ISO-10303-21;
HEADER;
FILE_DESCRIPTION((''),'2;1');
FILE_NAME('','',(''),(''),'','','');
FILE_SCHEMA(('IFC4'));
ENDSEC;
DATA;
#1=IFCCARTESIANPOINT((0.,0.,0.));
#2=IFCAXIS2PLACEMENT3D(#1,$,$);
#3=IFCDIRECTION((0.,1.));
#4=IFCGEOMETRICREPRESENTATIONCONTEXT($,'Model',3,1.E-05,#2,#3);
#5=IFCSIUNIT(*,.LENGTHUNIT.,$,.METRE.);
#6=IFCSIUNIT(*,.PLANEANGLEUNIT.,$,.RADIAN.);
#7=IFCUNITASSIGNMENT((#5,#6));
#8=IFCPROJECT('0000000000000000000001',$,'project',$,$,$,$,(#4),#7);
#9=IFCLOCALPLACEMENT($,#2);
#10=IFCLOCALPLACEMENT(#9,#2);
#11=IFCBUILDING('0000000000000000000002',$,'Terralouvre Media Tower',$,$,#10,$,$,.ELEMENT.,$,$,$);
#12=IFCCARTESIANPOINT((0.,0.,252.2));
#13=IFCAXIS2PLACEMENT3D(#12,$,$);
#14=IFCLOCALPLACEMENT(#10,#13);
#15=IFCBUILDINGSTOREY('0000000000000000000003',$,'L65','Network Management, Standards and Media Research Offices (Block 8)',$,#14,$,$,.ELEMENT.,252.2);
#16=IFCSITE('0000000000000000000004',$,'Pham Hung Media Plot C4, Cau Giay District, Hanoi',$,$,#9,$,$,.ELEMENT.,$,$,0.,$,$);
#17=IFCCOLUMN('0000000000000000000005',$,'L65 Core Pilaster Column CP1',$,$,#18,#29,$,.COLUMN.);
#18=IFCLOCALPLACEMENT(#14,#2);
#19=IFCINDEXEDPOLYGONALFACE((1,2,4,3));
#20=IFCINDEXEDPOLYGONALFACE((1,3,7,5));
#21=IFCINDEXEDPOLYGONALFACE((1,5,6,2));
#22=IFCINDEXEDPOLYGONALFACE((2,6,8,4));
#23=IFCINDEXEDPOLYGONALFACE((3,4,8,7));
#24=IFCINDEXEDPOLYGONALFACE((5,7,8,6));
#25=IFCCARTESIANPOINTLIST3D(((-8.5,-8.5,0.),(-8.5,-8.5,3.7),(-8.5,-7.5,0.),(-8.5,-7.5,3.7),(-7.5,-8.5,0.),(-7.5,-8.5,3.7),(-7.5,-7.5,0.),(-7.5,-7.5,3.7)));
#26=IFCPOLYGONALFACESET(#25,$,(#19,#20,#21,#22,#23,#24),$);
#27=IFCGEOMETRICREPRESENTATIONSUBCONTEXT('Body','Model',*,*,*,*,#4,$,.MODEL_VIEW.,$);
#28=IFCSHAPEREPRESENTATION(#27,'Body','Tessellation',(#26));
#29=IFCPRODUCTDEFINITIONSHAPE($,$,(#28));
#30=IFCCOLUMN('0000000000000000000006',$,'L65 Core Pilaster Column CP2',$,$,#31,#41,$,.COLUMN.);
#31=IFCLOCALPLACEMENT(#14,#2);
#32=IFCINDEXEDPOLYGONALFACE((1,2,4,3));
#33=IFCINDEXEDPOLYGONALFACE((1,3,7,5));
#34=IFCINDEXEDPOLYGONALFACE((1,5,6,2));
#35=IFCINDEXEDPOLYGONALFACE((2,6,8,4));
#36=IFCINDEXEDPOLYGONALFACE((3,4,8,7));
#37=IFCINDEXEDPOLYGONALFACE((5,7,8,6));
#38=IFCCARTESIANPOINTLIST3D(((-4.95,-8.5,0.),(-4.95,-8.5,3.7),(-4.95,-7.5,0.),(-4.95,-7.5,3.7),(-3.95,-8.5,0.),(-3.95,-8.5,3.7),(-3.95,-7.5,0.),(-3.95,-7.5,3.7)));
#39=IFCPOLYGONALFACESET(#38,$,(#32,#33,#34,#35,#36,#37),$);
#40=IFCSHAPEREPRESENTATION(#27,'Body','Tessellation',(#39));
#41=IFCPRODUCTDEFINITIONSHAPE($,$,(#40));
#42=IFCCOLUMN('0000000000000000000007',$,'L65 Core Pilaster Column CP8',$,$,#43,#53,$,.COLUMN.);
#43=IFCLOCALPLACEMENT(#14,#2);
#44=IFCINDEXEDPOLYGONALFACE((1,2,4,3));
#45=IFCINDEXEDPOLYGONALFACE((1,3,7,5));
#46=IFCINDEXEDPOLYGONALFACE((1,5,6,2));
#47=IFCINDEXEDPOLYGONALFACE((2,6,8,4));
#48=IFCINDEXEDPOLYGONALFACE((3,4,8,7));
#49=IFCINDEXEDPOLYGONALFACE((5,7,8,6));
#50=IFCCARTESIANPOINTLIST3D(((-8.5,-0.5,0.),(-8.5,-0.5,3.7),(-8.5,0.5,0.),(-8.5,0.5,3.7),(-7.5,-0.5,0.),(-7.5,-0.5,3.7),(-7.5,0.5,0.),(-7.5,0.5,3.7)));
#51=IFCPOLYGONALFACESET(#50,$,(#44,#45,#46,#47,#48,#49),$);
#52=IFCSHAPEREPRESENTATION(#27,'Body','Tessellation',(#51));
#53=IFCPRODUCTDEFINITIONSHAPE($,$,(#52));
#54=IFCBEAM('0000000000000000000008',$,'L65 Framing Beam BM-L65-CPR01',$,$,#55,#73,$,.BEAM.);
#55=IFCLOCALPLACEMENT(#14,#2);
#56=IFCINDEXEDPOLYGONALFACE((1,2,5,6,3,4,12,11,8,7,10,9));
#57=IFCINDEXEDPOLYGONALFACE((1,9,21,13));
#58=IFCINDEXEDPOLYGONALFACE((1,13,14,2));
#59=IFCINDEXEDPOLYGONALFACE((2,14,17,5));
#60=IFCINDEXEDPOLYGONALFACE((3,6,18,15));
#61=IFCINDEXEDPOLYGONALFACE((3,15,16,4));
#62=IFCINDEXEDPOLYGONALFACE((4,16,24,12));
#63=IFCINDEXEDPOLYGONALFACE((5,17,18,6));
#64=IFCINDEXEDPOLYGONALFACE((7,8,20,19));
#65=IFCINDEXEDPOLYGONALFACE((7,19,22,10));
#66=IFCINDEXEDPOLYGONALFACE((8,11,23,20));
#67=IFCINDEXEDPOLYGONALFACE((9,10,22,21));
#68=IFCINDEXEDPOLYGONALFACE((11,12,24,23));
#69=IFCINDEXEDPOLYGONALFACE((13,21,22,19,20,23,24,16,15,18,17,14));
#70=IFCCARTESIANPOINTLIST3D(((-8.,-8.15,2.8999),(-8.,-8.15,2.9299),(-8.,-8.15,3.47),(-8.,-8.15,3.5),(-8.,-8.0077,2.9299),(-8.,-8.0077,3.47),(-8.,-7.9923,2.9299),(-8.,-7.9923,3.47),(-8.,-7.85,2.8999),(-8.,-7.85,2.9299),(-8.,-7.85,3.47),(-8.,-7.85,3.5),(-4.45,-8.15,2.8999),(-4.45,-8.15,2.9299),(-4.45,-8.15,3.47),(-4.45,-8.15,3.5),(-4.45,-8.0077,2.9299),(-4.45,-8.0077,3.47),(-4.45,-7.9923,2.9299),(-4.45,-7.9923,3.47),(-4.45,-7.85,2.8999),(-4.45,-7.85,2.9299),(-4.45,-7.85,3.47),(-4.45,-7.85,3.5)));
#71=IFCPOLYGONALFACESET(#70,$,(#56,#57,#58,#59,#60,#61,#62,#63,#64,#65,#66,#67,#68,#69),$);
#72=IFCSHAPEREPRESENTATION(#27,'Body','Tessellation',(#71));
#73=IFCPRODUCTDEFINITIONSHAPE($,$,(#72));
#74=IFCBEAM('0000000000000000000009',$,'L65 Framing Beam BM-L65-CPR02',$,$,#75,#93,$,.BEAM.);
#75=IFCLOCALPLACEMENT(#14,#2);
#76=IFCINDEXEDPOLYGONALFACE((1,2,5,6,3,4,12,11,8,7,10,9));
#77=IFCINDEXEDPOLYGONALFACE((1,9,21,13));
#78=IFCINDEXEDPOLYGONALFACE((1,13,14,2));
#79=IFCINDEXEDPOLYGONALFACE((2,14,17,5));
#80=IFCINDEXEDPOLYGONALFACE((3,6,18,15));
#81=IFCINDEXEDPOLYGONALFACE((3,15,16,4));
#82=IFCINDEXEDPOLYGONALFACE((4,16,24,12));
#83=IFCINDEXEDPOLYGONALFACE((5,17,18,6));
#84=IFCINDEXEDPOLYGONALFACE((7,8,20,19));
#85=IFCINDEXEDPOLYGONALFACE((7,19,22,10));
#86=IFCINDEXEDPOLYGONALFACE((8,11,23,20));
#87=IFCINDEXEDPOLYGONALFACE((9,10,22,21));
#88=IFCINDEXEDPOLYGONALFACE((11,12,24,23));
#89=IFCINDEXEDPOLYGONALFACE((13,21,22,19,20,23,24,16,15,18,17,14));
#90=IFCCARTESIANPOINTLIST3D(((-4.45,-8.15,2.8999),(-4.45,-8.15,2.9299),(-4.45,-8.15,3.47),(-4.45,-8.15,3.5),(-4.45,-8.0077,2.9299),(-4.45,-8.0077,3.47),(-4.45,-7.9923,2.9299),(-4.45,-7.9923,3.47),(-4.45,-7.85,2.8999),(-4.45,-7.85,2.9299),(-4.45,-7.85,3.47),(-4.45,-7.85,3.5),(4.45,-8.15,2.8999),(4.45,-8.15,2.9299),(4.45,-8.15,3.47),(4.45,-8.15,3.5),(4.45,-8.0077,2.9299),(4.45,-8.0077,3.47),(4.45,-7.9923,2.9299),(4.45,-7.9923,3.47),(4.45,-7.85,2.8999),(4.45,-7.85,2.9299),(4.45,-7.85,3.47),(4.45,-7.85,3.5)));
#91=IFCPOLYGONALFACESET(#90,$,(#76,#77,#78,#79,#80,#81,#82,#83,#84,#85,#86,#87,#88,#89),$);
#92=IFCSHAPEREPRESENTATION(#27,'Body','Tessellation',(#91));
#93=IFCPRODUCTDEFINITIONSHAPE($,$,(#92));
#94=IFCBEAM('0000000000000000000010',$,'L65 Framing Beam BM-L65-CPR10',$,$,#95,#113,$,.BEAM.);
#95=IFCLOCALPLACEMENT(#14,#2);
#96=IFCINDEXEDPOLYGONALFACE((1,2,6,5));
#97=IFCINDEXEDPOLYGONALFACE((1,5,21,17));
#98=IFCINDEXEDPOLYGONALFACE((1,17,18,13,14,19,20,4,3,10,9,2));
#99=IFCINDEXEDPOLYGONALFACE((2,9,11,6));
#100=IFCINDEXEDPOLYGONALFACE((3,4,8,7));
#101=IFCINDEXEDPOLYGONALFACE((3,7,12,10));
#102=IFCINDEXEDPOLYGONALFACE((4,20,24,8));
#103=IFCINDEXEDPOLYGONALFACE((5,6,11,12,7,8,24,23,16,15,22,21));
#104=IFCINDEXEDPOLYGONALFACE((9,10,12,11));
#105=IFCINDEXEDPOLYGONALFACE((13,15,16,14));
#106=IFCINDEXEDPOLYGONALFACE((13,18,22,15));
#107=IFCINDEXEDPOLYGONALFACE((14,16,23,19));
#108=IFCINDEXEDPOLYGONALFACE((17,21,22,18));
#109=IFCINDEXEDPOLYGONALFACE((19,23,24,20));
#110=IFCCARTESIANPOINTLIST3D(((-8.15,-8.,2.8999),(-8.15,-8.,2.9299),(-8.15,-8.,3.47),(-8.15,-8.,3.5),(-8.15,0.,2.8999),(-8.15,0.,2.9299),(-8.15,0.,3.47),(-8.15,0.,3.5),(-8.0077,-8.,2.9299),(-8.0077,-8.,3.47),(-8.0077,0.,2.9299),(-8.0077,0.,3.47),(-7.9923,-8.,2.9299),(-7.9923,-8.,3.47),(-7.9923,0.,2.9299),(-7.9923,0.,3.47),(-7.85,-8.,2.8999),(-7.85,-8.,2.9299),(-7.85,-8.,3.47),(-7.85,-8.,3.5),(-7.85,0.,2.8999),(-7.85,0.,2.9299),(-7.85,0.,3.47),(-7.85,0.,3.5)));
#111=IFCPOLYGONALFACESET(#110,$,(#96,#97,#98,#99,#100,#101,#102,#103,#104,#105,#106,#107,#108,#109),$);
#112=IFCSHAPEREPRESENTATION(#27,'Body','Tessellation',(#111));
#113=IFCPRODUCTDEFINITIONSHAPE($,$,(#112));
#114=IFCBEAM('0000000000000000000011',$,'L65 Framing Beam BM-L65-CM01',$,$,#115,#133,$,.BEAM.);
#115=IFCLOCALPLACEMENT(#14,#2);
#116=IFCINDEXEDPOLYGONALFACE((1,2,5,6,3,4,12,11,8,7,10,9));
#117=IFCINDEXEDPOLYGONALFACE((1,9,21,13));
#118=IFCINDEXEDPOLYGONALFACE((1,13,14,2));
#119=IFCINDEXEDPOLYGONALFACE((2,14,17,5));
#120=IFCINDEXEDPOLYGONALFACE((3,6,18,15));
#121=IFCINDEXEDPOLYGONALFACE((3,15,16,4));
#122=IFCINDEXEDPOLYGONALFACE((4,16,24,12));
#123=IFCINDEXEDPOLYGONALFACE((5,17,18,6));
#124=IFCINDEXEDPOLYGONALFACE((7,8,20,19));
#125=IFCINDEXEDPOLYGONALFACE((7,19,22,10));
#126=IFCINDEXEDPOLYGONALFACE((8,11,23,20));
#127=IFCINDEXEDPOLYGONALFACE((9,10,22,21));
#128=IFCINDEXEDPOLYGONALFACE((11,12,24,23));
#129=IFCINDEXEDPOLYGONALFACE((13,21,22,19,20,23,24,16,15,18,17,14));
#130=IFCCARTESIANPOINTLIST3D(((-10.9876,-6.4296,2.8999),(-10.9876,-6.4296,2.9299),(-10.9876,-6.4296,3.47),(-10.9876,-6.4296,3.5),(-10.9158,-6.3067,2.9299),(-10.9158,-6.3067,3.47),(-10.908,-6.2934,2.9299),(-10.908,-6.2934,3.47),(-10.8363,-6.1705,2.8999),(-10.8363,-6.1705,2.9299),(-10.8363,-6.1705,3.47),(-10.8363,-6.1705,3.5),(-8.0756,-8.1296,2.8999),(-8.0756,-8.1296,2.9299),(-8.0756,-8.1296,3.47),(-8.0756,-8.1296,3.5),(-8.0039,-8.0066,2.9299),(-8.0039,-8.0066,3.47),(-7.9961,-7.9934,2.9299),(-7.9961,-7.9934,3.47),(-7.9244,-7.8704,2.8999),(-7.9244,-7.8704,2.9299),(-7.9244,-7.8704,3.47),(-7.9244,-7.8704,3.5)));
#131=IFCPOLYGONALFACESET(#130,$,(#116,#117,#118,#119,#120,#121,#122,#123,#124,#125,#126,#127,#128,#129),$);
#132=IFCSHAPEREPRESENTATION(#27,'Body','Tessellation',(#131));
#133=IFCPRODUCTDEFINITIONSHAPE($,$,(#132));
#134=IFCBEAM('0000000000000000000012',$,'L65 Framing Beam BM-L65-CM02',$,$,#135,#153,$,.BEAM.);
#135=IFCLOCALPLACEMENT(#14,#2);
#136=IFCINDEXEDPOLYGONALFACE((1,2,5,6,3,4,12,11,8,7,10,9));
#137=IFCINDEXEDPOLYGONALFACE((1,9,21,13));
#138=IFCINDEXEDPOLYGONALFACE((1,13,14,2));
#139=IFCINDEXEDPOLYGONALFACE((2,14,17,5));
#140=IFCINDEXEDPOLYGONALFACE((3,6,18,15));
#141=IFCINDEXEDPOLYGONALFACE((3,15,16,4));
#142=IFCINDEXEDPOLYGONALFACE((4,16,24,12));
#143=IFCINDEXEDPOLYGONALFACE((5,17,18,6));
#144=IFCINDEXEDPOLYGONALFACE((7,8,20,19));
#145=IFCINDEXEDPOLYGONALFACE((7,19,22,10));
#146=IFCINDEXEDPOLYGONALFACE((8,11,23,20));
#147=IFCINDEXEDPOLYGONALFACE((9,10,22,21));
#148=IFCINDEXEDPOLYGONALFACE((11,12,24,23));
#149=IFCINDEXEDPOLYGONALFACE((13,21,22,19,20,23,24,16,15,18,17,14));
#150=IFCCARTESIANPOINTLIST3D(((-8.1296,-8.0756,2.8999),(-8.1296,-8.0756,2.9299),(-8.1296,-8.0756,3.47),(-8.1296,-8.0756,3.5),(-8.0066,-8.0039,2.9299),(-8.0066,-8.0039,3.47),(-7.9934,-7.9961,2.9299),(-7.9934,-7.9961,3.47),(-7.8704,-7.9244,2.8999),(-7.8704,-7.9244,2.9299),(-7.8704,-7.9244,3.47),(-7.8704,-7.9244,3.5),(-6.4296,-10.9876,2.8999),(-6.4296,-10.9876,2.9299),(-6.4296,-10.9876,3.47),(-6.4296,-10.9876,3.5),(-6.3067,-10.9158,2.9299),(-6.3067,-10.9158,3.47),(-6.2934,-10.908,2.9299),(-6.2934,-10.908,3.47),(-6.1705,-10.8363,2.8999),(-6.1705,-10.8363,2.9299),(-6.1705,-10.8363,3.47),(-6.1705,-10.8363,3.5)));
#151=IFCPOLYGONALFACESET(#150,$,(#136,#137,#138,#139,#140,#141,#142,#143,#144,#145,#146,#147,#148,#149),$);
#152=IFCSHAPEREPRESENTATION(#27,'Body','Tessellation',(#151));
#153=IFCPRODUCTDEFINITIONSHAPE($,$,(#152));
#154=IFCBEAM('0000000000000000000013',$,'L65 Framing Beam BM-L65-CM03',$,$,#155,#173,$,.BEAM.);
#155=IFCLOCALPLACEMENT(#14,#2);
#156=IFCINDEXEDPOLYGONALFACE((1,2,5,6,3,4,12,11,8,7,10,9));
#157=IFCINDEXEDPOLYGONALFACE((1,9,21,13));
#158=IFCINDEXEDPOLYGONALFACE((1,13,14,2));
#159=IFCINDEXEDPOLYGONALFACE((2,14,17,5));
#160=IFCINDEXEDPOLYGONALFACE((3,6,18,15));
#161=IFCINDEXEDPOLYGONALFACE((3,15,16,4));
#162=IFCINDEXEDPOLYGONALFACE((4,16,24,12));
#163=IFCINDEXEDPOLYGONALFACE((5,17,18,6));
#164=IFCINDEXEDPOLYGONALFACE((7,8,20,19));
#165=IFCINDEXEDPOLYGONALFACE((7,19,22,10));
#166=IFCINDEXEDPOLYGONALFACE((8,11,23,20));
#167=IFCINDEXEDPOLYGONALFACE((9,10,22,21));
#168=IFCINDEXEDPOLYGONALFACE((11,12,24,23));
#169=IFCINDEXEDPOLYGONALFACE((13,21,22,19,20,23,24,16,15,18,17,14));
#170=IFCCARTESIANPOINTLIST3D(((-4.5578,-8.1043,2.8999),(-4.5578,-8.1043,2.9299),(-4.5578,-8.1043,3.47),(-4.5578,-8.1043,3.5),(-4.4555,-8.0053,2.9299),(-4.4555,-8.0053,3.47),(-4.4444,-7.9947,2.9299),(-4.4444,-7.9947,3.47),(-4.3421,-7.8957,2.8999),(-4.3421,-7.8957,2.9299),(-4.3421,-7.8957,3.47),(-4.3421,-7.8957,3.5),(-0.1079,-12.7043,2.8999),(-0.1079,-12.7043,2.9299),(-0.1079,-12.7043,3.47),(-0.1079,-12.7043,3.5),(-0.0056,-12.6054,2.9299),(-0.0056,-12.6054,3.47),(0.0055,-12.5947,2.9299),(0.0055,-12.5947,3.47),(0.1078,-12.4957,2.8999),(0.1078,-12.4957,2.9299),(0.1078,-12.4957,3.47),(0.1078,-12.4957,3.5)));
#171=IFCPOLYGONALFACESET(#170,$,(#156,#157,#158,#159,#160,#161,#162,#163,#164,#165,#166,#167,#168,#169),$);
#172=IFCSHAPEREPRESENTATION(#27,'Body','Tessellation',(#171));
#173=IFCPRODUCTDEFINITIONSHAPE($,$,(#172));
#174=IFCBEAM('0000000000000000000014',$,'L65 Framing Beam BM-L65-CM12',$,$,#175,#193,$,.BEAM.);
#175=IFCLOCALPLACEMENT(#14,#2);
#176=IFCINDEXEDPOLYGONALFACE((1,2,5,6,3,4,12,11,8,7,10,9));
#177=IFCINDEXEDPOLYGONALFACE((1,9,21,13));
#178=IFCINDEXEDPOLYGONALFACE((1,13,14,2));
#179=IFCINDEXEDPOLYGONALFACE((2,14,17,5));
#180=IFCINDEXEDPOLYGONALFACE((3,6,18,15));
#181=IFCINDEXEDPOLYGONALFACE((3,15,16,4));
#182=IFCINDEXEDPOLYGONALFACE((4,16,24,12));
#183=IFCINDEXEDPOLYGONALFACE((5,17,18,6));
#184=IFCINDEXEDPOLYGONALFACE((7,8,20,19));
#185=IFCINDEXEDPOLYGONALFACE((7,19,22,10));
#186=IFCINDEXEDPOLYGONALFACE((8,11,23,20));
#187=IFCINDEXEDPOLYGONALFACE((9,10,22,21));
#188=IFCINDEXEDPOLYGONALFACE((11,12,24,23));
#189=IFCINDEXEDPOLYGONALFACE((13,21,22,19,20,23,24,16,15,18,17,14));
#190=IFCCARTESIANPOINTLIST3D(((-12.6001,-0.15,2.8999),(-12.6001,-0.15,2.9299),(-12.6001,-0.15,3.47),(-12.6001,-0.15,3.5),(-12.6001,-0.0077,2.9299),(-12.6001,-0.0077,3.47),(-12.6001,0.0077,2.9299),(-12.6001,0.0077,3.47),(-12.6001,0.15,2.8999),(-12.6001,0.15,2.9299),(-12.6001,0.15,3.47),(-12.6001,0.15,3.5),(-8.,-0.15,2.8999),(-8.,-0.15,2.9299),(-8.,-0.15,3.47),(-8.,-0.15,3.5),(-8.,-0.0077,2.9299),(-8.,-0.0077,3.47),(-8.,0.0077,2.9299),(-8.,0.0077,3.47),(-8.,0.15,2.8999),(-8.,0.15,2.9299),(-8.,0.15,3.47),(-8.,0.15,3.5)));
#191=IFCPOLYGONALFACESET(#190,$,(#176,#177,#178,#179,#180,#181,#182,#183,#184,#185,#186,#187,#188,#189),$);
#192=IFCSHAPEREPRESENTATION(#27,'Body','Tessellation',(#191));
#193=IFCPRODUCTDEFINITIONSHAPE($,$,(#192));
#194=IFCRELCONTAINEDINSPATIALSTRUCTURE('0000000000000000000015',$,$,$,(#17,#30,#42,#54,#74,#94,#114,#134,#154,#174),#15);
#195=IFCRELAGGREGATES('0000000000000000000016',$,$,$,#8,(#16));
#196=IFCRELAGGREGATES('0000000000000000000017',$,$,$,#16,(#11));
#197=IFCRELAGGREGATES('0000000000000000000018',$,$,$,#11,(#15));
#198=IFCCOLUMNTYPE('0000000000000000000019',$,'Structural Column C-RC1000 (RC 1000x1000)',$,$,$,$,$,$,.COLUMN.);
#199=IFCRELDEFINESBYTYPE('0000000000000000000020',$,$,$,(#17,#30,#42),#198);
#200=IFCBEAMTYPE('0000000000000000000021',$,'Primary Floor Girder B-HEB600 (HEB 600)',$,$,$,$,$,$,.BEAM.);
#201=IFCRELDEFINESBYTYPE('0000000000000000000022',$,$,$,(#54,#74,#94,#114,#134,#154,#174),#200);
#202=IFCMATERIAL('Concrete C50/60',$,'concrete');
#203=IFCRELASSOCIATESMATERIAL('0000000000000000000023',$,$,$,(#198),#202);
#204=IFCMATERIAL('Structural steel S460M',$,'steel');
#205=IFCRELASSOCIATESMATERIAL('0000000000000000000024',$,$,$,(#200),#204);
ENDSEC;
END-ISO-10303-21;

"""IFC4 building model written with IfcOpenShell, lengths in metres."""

from ifc_helpers import new_model, si_unit, direction, frame, origin, origin_2d, place, context, subcontext, project, spatial, rectangle, i_section, extrude, material, material_profile, profile_set, type_object, element, save


model = new_model("IFC4")

# Units and contexts
model_context = context("Model", 3, precision=1e-05, world=origin(), true_north=direction((0.0, 1.0)))
body_context = subcontext(model_context, "Body", "Model", "MODEL_VIEW")
ifc_project = project(units=[si_unit("LENGTHUNIT", "METRE"), si_unit("PLANEANGLEUNIT", "RADIAN")], contexts=[model_context])

# Site, building, storey
site_placement = place(None, origin())
site = spatial("IfcSite", under=ifc_project, at=site_placement, Name="Pham Hung Media Plot C4, Cau Giay District, Hanoi", CompositionType="ELEMENT", RefElevation=0.0)
building_placement = place(site_placement, origin())
building = spatial("IfcBuilding", under=site, at=building_placement, Name="Terralouvre Media Tower", CompositionType="ELEMENT")
storey_placement = place(building_placement, frame((0.0, 0.0, 252.2)))
storey = spatial("IfcBuildingStorey", under=building, at=storey_placement, Name="L65", Description="Network Management, Standards and Media Research Offices (Block 8)", CompositionType="ELEMENT", Elevation=252.2)

# Columns
ifc_material_1 = material(Name="Concrete C50/60", Category="concrete")
ifc_material_profile_1 = material_profile(ifc_material_1, rectangle(XDim=1.0, YDim=1.0, at=origin_2d()), Name="RC 1000x1000")
ifc_profile_set_1 = profile_set([ifc_material_profile_1], Name="Concrete C50/60")
column_type = type_object("IfcColumnType", Name="Structural Column C-RC1000 (RC 1000x1000)", PredefinedType="COLUMN", material=ifc_profile_set_1)
for number, where, z_axis, x_axis, name in (
    (1, (-8.0, -8.0, 0.0), (0.0, 0.0, 1.0), (1.0, 0.0, 0.0), "L65 Core Pilaster Column CP1"),
    (2, (-4.45, -8.0, 0.0), (0.0, 0.0, 1.0), (1.0, 0.0, 0.0), "L65 Core Pilaster Column CP2"),
    (3, (-8.0, 0.0, 0.0), (0.0, 0.0, 1.0), (1.0, 0.0, 0.0), "L65 Core Pilaster Column CP8"),
):
    element("IfcColumn", number, at=place(storey_placement, frame(where, z_axis=z_axis, x_axis=x_axis)), inside=storey, type_object=column_type, Name=name, PredefinedType="COLUMN", context=body_context, shape_type="SweptSolid", body=[
        extrude(rectangle(XDim=1.0, YDim=1.0, at=origin_2d()), origin(), (0.0, 0.0, 1.0), 3.7),
    ])

# Beams
ifc_material_2 = material(Name="Structural steel S460M", Category="steel")
ifc_material_profile_2 = material_profile(ifc_material_2, i_section(OverallWidth=0.3, OverallDepth=0.6001, WebThickness=0.0154, FlangeThickness=0.03, at=origin_2d()), Name="HEB 600")
ifc_profile_set_2 = profile_set([ifc_material_profile_2], Name="Structural steel S460M")
beam_type = type_object("IfcBeamType", Name="Primary Floor Girder B-HEB600 (HEB 600)", PredefinedType="BEAM", material=ifc_profile_set_2)
beam_1_placement = place(storey_placement, frame((-8.0, -8.0, 3.2), z_axis=(1.0, 0.0, 0.0), x_axis=(0.0, 1.0, 0.0)))
element("IfcBeam", 4, at=beam_1_placement, inside=storey, type_object=beam_type, Name="L65 Framing Beam BM-L65-CPR01", PredefinedType="BEAM", context=body_context, shape_type="SweptSolid", body=[
    extrude(i_section(OverallWidth=0.3, OverallDepth=0.6001, WebThickness=0.0154, FlangeThickness=0.03, at=origin_2d()), origin(), (0.0, 0.0, 1.0), 3.55),
])
beam_2_placement = place(storey_placement, frame((-4.45, -8.0, 3.2), z_axis=(1.0, 0.0, 0.0), x_axis=(0.0, 1.0, 0.0)))
element("IfcBeam", 5, at=beam_2_placement, inside=storey, type_object=beam_type, Name="L65 Framing Beam BM-L65-CPR02", PredefinedType="BEAM", context=body_context, shape_type="SweptSolid", body=[
    extrude(i_section(OverallWidth=0.3, OverallDepth=0.6001, WebThickness=0.0154, FlangeThickness=0.03, at=origin_2d()), origin(), (0.0, 0.0, 1.0), 8.8999),
])
beam_3_placement = place(storey_placement, frame((-8.0, 0.0, 3.2), z_axis=(0.0, -1.0, 0.0), x_axis=(1.0, 0.0, 0.0)))
element("IfcBeam", 6, at=beam_3_placement, inside=storey, type_object=beam_type, Name="L65 Framing Beam BM-L65-CPR10", PredefinedType="BEAM", context=body_context, shape_type="SweptSolid", body=[
    extrude(i_section(OverallWidth=0.3, OverallDepth=0.6001, WebThickness=0.0154, FlangeThickness=0.03, at=origin_2d()), origin(), (0.0, 0.0, 1.0), 8.0),
])
for number, where, z_axis, x_axis, name in (
    (7, (-8.0, -8.0, 3.2), (-0.863603, 0.504173, 0.0), (-0.504173, -0.863603, 0.0), "L65 Framing Beam BM-L65-CM01"),
    (8, (-8.0, -8.0, 3.2), (0.504173, -0.863603, 0.0), (0.863603, 0.504173, 0.0), "L65 Framing Beam BM-L65-CM02"),
):
    element("IfcBeam", number, at=place(storey_placement, frame(where, z_axis=z_axis, x_axis=x_axis)), inside=storey, type_object=beam_type, Name=name, PredefinedType="BEAM", context=body_context, shape_type="SweptSolid", body=[
        extrude(i_section(OverallWidth=0.3, OverallDepth=0.6001, WebThickness=0.0154, FlangeThickness=0.03, at=origin_2d()), origin(), (0.0, 0.0, 1.0), 3.3718),
    ])
beam_4_placement = place(storey_placement, frame((-4.45, -8.0, 3.2), z_axis=(0.69528, -0.718739, 0.0), x_axis=(0.718739, 0.69528, 0.0)))
element("IfcBeam", 9, at=beam_4_placement, inside=storey, type_object=beam_type, Name="L65 Framing Beam BM-L65-CM03", PredefinedType="BEAM", context=body_context, shape_type="SweptSolid", body=[
    extrude(i_section(OverallWidth=0.3, OverallDepth=0.6001, WebThickness=0.0154, FlangeThickness=0.03, at=origin_2d()), origin(), (0.0, 0.0, 1.0), 6.4001),
])
beam_5_placement = place(storey_placement, frame((-8.0, 0.0, 3.2), z_axis=(-1.0, 0.0, 0.0), x_axis=(0.0, -1.0, 0.0)))
element("IfcBeam", 10, at=beam_5_placement, inside=storey, type_object=beam_type, Name="L65 Framing Beam BM-L65-CM12", PredefinedType="BEAM", context=body_context, shape_type="SweptSolid", body=[
    extrude(i_section(OverallWidth=0.3, OverallDepth=0.6001, WebThickness=0.0154, FlangeThickness=0.03, at=origin_2d()), origin(), (0.0, 0.0, 1.0), 4.6001),
])

save(model, "model.ifc")
